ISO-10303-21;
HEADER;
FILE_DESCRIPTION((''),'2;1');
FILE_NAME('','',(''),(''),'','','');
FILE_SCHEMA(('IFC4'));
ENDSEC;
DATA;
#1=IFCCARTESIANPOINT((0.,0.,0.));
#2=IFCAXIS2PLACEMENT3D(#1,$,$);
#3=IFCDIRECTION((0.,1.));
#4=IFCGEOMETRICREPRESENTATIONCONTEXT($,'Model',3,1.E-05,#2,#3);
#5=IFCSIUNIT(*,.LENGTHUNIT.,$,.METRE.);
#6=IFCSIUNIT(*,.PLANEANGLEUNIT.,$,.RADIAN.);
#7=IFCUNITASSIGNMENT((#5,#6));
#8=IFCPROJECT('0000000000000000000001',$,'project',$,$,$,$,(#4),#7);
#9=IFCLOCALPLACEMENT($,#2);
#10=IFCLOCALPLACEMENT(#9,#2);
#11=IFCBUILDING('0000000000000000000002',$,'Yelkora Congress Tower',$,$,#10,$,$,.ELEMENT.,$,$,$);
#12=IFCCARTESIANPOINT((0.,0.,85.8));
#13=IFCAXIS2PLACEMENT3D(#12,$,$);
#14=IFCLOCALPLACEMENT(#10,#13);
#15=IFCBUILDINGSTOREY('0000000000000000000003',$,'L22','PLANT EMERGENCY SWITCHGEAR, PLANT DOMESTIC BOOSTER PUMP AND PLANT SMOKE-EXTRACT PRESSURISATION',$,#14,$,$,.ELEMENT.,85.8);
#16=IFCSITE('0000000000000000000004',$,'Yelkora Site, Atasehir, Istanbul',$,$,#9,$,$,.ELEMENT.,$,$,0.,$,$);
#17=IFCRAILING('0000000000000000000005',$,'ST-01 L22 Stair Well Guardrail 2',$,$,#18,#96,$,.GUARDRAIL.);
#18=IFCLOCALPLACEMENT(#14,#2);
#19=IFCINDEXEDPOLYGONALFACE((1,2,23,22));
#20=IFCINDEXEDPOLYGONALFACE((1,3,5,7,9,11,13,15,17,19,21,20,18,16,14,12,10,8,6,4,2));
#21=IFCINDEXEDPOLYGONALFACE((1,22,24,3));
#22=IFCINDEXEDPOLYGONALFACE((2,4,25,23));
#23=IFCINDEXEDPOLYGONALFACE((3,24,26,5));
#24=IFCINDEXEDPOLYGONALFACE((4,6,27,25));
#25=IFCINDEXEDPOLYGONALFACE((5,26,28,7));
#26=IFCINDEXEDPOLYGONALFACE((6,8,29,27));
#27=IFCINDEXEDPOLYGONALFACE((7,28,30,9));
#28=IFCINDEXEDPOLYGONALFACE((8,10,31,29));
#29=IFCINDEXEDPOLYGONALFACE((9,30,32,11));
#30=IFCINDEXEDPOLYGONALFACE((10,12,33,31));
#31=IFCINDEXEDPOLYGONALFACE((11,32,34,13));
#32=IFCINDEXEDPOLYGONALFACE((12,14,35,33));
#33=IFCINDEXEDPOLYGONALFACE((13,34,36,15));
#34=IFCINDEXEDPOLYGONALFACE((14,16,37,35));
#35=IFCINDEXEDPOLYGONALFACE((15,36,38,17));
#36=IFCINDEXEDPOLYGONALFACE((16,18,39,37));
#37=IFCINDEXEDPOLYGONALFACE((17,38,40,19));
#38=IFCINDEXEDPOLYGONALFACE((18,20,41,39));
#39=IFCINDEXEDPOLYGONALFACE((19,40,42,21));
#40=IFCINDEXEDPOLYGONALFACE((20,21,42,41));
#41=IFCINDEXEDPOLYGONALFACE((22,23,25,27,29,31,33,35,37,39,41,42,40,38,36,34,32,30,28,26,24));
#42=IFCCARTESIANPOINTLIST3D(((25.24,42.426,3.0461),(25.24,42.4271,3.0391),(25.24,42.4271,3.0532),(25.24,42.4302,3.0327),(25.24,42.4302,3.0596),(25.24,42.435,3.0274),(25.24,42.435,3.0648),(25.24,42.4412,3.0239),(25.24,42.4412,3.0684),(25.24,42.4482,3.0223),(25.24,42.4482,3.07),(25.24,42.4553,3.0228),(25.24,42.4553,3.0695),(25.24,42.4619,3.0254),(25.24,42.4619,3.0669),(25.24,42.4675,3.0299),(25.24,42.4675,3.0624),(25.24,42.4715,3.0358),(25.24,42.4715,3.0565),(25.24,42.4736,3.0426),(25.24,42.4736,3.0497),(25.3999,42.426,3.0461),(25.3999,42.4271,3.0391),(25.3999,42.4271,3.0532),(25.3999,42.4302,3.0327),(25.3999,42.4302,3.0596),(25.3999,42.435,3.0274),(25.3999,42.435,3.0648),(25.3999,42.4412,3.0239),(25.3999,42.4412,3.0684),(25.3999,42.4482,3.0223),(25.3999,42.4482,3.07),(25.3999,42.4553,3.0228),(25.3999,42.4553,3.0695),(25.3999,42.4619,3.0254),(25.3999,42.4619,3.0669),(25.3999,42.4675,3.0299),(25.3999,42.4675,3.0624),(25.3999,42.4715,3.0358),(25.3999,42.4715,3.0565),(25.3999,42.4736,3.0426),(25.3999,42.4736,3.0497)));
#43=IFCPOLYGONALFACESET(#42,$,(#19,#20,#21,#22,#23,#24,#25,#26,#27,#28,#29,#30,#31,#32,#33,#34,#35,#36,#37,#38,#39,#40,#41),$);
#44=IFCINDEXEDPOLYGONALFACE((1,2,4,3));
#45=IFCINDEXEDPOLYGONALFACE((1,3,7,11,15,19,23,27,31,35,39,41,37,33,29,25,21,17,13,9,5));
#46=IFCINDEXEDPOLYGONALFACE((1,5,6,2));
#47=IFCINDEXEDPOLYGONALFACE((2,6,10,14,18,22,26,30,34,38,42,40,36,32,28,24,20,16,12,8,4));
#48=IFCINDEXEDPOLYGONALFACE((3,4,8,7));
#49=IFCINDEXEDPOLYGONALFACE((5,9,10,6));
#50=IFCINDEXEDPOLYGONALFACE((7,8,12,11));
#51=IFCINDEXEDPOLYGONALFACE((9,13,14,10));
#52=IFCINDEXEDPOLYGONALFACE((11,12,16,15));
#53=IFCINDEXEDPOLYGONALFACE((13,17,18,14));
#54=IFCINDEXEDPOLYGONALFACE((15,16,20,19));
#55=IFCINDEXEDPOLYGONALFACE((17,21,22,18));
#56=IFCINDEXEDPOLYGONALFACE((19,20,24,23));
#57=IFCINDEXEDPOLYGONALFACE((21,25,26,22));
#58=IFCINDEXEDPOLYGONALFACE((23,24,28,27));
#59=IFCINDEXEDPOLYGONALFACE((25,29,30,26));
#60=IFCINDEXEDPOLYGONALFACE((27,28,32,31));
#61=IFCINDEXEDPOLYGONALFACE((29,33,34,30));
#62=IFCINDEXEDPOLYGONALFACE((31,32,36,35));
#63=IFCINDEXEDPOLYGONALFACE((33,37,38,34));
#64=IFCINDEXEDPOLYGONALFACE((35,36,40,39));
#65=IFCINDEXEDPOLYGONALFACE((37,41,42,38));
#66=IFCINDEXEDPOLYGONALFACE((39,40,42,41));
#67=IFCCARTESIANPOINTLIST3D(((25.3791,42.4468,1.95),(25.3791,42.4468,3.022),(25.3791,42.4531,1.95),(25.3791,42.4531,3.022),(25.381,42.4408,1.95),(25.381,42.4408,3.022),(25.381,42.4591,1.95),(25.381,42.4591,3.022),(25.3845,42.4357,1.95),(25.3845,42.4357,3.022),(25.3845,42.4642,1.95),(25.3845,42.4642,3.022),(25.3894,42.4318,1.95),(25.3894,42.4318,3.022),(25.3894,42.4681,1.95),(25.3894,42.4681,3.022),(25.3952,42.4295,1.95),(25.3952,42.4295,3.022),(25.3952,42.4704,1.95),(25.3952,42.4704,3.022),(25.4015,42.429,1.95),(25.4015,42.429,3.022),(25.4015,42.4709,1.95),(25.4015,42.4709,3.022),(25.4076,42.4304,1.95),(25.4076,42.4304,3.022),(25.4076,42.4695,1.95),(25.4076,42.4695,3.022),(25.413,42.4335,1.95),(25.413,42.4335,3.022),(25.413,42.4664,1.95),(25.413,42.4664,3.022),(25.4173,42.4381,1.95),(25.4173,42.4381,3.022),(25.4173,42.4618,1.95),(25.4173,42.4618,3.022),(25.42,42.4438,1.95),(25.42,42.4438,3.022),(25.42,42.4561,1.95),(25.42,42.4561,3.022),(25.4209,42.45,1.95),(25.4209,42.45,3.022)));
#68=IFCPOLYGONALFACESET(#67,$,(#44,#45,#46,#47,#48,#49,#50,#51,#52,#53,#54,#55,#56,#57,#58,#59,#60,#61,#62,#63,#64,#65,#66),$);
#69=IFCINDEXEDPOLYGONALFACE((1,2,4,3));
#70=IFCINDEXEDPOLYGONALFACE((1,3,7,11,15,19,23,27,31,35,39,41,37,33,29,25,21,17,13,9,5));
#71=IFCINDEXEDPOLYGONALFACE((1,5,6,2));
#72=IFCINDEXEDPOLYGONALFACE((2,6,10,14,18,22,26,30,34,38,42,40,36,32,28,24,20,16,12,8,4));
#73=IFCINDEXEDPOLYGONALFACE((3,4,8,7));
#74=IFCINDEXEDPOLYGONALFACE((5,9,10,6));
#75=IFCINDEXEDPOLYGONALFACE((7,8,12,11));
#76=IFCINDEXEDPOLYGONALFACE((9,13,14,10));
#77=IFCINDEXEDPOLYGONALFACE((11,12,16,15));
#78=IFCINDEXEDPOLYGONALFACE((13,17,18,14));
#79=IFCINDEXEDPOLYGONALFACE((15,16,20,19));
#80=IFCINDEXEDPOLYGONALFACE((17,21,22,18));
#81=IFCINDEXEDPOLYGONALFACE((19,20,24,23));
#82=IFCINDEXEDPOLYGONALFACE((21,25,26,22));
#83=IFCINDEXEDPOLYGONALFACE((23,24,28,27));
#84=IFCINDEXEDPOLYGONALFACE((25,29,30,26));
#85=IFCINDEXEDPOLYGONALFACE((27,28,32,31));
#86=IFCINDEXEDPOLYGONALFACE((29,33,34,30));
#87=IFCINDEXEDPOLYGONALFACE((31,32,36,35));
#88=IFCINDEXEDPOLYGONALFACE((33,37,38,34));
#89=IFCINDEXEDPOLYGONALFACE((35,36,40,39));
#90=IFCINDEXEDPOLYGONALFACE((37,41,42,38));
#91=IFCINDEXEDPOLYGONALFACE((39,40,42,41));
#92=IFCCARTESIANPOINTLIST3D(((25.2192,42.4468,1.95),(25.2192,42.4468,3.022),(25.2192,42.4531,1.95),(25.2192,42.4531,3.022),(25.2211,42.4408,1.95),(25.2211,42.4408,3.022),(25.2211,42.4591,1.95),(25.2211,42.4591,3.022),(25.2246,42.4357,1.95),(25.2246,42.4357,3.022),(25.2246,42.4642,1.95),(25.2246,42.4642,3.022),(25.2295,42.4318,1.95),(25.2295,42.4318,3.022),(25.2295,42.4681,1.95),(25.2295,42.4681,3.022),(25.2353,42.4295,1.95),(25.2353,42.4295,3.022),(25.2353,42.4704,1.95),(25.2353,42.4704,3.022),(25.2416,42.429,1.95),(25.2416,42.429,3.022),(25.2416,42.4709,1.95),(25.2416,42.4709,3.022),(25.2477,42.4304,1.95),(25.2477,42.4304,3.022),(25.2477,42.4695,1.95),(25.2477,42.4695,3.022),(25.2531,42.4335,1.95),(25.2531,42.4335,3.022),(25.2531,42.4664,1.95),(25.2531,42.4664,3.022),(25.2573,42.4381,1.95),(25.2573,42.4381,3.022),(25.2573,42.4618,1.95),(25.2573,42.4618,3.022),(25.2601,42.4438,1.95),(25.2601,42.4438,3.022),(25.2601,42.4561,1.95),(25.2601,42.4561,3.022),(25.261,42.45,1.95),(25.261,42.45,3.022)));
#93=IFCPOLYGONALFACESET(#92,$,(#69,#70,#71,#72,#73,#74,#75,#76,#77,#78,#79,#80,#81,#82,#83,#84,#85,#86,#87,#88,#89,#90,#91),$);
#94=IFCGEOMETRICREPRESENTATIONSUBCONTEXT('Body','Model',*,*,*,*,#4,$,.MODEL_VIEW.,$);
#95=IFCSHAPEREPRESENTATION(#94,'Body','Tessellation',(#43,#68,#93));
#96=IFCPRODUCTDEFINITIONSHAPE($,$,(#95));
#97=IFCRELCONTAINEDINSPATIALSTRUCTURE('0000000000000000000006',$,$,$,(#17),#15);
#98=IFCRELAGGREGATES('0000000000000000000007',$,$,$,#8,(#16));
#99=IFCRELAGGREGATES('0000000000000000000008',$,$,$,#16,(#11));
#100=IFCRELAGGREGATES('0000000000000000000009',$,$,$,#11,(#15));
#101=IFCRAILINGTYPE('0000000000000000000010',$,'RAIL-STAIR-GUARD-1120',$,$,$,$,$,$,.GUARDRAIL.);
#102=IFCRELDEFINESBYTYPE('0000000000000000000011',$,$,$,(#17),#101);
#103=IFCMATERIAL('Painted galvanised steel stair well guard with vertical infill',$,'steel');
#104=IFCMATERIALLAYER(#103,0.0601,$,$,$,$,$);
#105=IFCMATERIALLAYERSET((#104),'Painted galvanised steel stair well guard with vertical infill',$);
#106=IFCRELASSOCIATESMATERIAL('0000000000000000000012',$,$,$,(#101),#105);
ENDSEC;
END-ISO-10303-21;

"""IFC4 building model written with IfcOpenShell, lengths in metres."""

from ifc_helpers import new_model, si_unit, direction, frame, origin, origin_2d, place, context, subcontext, project, spatial, circle, extrude, material, layer, layer_set, type_object, element, save


model = new_model("IFC4")

# Units and contexts
model_context = context("Model", 3, precision=1e-05, world=origin(), true_north=direction((0.0, 1.0)))
body_context = subcontext(model_context, "Body", "Model", "MODEL_VIEW")
ifc_project = project(units=[si_unit("LENGTHUNIT", "METRE"), si_unit("PLANEANGLEUNIT", "RADIAN")], contexts=[model_context])

# Site, building, storey
site_placement = place(None, origin())
site = spatial("IfcSite", under=ifc_project, at=site_placement, Name="Yelkora Site, Atasehir, Istanbul", CompositionType="ELEMENT", RefElevation=0.0)
building_placement = place(site_placement, origin())
building = spatial("IfcBuilding", under=site, at=building_placement, Name="Yelkora Congress Tower", CompositionType="ELEMENT")
storey_placement = place(building_placement, frame((0.0, 0.0, 85.8)))
storey = spatial("IfcBuildingStorey", under=building, at=storey_placement, Name="L22", Description="PLANT EMERGENCY SWITCHGEAR, PLANT DOMESTIC BOOSTER PUMP AND PLANT SMOKE-EXTRACT PRESSURISATION", CompositionType="ELEMENT", Elevation=85.8)

# Railing
ifc_material_1 = material(Name="Painted galvanised steel stair well guard with vertical infill", Category="steel")
ifc_layer_1 = layer(ifc_material_1, 0.0601)
ifc_layer_set_1 = layer_set([ifc_layer_1], Name="Painted galvanised steel stair well guard with vertical infill")
railing_type_1 = type_object("IfcRailingType", Name="RAIL-STAIR-GUARD-1120", PredefinedType="GUARDRAIL", material=ifc_layer_set_1)
railing_1_placement = place(storey_placement, frame((25.3999, 42.45, 1.95)))
element("IfcRailing", 1, at=railing_1_placement, inside=storey, type_object=railing_type_1, Name="ST-01 L22 Stair Well Guardrail 2", PredefinedType="GUARDRAIL", context=body_context, shape_type="SweptSolid", body=[
    extrude(circle(Radius=0.0239, at=origin_2d()), frame((0.0, 0.0, 1.0962), z_axis=(-1.0, 0.0, 0.0), x_axis=(0.0, -1.0, 0.0)), (0.0, 0.0, 1.0), 0.1599),
    extrude(circle(Radius=0.021, at=origin_2d()), origin(), (0.0, 0.0, 1.0), 1.072),
    extrude(circle(Radius=0.021, at=origin_2d()), frame((-0.1599, 0.0, 0.0)), (0.0, 0.0, 1.0), 1.072),
])

save(model, "model.ifc")
